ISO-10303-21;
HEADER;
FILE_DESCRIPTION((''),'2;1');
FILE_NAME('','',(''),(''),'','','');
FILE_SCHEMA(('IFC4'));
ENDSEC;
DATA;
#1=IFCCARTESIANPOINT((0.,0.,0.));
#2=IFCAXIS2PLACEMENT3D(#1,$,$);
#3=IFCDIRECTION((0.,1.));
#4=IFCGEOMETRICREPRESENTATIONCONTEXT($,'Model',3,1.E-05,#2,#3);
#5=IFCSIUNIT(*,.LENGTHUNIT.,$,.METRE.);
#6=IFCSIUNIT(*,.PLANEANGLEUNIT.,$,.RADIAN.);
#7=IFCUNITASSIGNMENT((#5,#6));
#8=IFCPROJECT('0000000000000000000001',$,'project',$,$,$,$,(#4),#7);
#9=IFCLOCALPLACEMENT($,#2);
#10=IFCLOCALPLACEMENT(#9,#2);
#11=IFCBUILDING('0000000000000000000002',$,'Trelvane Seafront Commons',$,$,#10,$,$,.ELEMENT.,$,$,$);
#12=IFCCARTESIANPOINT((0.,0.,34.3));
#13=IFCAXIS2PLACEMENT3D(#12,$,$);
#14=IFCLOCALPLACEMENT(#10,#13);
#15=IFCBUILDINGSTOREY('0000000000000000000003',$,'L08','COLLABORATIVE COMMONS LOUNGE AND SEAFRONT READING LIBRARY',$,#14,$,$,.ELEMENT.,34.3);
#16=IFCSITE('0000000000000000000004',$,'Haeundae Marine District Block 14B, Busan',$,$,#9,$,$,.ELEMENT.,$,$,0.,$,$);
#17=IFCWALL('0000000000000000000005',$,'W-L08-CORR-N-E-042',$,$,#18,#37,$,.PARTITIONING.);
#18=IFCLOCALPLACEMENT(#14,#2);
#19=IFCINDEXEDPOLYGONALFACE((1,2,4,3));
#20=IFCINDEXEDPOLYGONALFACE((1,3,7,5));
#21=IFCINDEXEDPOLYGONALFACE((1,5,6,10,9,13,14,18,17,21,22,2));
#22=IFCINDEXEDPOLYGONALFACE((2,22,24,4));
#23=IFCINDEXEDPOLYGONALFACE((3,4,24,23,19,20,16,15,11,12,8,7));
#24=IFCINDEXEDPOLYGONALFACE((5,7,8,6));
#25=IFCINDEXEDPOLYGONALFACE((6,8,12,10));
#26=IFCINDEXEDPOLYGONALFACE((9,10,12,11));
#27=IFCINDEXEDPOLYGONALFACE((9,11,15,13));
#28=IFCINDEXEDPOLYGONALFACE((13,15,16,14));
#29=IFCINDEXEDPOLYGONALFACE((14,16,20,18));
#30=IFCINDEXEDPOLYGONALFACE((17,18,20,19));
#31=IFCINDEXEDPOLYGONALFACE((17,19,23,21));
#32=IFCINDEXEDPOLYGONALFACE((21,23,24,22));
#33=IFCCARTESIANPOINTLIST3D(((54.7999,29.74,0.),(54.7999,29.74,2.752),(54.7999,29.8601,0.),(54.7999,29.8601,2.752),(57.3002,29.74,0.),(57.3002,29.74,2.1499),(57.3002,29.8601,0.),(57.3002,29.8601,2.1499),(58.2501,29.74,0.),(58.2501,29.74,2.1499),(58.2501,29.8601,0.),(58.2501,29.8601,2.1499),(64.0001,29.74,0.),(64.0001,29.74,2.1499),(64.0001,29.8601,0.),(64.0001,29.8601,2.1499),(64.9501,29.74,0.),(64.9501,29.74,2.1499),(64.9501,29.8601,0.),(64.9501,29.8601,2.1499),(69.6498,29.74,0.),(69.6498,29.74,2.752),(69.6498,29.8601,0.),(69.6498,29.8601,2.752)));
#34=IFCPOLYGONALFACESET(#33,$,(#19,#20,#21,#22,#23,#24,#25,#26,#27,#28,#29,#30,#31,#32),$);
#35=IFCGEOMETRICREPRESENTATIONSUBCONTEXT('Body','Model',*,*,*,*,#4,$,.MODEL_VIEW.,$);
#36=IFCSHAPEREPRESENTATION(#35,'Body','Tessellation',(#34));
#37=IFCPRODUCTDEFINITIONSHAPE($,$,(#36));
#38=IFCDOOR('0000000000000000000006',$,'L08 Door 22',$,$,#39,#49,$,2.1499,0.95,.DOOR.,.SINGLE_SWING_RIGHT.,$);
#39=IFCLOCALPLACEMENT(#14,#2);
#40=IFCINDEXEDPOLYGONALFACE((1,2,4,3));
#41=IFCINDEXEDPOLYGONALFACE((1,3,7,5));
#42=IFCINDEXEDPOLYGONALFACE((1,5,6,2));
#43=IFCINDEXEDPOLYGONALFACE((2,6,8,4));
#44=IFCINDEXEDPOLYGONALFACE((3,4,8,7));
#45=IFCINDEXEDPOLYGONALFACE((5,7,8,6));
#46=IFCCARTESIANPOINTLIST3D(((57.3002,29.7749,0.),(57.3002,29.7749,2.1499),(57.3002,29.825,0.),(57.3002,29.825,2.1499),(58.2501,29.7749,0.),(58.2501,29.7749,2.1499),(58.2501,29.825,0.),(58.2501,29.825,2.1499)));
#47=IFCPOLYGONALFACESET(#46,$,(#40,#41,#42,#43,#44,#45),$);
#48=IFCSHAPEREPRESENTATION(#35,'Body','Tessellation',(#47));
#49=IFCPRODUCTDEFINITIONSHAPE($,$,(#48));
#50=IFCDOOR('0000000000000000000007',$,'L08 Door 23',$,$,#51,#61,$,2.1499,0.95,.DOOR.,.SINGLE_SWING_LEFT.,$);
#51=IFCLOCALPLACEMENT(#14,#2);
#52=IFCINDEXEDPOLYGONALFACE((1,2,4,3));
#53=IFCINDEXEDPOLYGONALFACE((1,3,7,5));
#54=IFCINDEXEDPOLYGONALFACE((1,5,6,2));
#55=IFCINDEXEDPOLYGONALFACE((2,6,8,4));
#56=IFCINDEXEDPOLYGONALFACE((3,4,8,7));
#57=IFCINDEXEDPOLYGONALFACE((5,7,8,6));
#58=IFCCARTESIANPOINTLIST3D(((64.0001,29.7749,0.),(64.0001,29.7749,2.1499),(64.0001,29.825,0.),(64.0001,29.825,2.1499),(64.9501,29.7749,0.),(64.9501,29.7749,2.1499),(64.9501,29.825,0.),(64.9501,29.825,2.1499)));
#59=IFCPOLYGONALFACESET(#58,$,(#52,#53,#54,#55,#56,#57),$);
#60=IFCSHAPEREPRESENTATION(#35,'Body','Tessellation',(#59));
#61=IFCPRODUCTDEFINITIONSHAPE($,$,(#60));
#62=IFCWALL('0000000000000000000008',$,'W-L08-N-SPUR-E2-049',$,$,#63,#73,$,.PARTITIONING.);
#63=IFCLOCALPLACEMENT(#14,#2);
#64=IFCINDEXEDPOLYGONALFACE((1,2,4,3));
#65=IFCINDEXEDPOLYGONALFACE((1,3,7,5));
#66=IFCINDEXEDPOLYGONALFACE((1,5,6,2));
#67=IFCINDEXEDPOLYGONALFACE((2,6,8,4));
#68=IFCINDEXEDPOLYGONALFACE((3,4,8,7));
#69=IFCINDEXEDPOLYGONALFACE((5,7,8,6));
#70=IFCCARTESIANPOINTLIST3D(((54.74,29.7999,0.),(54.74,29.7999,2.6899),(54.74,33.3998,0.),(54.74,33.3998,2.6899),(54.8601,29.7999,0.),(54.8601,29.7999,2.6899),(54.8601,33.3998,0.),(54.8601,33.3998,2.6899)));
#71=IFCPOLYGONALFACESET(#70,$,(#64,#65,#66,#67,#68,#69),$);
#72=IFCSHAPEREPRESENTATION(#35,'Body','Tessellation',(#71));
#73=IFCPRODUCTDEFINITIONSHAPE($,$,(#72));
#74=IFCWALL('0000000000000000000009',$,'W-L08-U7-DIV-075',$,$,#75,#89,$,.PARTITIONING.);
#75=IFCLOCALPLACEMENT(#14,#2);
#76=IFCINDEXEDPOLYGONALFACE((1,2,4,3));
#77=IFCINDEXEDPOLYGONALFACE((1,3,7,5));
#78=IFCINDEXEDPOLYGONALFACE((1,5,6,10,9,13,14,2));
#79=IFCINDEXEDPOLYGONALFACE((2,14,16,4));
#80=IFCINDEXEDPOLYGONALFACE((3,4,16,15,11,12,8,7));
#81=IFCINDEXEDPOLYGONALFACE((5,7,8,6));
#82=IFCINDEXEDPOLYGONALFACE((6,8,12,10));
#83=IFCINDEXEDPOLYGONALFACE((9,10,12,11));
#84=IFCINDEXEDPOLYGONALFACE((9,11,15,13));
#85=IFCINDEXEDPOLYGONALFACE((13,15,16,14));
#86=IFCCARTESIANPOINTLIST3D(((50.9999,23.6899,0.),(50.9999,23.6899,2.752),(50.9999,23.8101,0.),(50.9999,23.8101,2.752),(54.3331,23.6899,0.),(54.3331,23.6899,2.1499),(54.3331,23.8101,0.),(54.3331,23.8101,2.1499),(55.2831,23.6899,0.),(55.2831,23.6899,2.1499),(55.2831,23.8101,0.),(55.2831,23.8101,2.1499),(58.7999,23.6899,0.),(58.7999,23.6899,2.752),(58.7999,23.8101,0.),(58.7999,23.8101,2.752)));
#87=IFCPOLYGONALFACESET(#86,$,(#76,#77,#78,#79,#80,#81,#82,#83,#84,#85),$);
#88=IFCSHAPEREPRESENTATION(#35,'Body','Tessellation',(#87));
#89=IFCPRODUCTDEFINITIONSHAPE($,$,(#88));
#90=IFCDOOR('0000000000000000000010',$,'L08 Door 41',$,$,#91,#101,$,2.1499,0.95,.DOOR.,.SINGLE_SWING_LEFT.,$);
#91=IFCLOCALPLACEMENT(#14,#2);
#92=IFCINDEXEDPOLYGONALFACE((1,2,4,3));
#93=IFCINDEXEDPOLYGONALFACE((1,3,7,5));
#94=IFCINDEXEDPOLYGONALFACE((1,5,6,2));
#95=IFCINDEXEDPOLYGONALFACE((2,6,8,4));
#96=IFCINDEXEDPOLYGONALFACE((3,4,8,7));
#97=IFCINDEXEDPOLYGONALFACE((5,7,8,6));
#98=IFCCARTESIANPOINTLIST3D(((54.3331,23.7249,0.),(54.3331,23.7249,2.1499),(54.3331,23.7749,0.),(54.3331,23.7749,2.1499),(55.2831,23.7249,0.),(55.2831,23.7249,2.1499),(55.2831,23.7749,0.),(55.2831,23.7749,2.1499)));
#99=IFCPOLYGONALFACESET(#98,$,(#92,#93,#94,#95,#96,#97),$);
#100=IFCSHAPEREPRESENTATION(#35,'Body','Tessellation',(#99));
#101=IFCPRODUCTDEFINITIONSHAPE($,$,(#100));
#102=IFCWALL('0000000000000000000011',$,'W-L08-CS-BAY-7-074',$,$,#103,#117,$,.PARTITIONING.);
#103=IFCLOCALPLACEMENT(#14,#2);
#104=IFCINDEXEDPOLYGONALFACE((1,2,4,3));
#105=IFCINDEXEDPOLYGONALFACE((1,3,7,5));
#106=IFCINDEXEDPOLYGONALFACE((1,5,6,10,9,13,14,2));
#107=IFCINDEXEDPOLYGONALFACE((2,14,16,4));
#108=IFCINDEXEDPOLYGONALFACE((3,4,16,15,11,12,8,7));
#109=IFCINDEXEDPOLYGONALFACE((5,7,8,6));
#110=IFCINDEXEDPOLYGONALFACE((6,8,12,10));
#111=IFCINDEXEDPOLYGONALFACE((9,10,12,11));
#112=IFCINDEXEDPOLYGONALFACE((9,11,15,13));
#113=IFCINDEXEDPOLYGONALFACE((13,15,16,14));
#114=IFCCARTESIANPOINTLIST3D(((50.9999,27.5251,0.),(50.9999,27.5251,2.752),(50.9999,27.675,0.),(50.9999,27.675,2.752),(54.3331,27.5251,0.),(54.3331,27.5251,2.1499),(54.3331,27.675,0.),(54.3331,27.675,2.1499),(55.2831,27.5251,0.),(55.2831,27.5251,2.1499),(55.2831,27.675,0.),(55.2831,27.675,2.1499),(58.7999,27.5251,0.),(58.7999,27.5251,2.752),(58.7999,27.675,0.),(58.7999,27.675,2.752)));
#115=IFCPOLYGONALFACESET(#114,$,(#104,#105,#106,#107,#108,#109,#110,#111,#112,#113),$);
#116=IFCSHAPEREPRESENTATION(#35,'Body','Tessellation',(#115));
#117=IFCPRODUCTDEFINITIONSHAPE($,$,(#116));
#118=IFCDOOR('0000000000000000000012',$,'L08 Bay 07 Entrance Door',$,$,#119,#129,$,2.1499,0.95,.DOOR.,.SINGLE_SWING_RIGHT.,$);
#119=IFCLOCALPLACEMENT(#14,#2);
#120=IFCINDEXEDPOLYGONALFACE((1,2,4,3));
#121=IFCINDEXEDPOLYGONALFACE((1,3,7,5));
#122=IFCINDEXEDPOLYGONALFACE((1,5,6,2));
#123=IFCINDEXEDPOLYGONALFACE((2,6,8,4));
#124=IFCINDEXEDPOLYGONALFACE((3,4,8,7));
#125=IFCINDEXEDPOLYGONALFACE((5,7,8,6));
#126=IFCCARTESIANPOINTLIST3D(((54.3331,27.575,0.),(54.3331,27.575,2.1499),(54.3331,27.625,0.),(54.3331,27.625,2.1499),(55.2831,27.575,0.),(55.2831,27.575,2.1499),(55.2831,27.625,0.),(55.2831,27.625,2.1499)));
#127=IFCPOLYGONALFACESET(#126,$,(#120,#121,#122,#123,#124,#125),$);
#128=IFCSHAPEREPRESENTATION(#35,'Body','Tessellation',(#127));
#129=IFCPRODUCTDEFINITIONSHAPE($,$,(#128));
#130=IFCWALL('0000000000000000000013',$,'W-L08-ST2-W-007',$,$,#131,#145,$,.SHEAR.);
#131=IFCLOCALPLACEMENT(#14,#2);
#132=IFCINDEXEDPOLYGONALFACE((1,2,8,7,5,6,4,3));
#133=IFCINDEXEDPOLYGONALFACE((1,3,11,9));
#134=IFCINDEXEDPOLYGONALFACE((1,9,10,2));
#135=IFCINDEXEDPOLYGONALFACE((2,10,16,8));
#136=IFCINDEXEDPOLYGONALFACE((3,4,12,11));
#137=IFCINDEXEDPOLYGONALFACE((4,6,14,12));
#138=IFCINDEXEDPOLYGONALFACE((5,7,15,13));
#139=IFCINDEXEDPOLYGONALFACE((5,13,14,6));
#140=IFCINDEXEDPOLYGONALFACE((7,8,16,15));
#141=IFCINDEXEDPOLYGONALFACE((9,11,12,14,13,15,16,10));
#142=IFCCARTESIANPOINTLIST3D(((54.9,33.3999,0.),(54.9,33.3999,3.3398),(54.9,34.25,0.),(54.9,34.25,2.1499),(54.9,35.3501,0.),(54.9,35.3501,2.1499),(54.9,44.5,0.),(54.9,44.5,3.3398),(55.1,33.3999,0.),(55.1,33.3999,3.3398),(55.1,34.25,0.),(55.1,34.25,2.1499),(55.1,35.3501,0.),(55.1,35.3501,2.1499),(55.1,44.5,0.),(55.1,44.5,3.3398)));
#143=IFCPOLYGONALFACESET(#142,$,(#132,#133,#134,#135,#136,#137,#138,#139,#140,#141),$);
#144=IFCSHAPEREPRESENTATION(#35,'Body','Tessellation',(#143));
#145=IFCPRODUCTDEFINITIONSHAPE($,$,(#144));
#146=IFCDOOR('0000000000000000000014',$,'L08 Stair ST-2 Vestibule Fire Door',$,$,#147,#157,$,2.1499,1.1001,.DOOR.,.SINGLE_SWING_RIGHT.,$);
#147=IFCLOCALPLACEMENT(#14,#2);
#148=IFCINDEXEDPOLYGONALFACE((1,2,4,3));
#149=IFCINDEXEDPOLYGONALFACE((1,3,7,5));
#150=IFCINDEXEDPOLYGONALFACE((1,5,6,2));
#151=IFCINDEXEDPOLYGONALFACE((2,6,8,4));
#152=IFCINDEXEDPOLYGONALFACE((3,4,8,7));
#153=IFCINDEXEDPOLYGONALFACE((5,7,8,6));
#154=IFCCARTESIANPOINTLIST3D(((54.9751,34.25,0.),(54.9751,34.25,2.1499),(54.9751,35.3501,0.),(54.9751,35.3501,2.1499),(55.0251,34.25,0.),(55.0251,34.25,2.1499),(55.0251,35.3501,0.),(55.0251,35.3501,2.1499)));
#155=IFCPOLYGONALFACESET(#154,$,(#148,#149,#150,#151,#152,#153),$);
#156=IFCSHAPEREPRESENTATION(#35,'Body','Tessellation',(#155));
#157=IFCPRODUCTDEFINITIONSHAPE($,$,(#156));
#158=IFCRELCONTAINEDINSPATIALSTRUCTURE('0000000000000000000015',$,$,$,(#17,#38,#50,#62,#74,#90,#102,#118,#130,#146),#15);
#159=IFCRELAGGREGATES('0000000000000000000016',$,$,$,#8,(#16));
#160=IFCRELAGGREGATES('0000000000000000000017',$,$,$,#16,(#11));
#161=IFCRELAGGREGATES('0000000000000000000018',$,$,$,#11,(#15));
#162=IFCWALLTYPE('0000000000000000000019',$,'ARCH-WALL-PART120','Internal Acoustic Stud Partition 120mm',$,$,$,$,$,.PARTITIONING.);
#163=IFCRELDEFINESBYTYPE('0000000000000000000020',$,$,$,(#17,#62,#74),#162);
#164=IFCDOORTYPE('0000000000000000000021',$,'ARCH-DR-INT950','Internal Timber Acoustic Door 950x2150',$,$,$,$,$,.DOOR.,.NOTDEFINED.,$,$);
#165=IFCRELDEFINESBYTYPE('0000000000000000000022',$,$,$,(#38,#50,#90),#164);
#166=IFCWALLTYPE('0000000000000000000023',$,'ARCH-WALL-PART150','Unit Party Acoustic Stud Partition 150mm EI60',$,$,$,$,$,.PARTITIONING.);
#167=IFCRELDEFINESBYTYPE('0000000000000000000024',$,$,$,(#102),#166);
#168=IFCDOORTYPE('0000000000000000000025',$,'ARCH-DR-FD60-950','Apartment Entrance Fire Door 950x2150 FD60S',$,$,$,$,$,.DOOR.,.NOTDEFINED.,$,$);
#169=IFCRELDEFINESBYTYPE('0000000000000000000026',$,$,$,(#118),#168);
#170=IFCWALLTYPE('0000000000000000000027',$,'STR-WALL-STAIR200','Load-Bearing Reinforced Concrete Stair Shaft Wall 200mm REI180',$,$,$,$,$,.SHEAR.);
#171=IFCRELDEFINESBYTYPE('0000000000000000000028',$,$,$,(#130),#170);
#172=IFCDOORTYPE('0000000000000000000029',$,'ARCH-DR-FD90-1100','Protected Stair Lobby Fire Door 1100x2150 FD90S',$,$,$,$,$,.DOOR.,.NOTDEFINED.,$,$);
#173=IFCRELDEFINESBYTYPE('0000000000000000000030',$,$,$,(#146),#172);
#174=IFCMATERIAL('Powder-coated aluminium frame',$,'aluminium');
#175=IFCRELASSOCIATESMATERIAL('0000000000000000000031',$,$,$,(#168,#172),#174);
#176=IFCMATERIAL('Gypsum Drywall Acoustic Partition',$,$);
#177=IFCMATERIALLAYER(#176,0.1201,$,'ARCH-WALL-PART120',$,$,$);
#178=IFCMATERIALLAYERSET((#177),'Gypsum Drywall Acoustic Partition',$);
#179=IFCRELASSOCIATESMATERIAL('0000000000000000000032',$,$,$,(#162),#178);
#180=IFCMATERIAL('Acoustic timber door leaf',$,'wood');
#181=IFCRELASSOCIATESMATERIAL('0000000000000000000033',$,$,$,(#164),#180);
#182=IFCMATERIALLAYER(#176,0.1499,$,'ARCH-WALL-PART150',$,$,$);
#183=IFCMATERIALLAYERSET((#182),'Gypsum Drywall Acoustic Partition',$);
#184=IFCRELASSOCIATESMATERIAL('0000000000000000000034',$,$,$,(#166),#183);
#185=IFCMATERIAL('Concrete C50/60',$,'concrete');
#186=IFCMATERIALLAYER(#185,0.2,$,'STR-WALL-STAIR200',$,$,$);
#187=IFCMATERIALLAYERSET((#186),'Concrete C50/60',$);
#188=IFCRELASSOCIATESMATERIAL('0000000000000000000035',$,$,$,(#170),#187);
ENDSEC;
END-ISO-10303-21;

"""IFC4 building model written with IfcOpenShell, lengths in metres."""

from ifc_helpers import new_model, si_unit, direction, frame, frame_2d, origin, place, context, subcontext, project, spatial, rectangle, extrude, source, transform, mapped, material, layer, layer_set, type_object, element, fill, save


model = new_model("IFC4")

# Units and contexts
model_context = context("Model", 3, precision=1e-05, world=origin(), true_north=direction((0.0, 1.0)))
body_context = subcontext(model_context, "Body", "Model", "MODEL_VIEW")
ifc_project = project(units=[si_unit("LENGTHUNIT", "METRE"), si_unit("PLANEANGLEUNIT", "RADIAN")], contexts=[model_context])

# Site, building, storey
site_placement = place(None, origin())
site = spatial("IfcSite", under=ifc_project, at=site_placement, Name="Haeundae Marine District Block 14B, Busan", CompositionType="ELEMENT", RefElevation=0.0)
building_placement = place(site_placement, origin())
building = spatial("IfcBuilding", under=site, at=building_placement, Name="Trelvane Seafront Commons", CompositionType="ELEMENT")
storey_placement = place(building_placement, frame((0.0, 0.0, 34.3)))
storey = spatial("IfcBuildingStorey", under=building, at=storey_placement, Name="L08", Description="COLLABORATIVE COMMONS LOUNGE AND SEAFRONT READING LIBRARY", CompositionType="ELEMENT", Elevation=34.3)

# Shared definitions
ifc_material_1 = material(Name="Powder-coated aluminium frame", Category="aluminium")
door_type_1 = type_object("IfcDoorType", Name="ARCH-DR-FD60-950", Description="Apartment Entrance Fire Door 950x2150 FD60S", OperationType="NOTDEFINED", PredefinedType="DOOR", material=ifc_material_1)
shared_shape_1 = source(origin(), body_context, "Body", "SweptSolid", [
    extrude(rectangle(XDim=0.95, YDim=2.1499, at=frame_2d((0.4751, 1.075))), frame((0.0, 0.0249, 0.0), z_axis=(0.0, -1.0, 0.0), x_axis=(1.0, 0.0, 0.0)), (0.0, 0.0, 1.0), 0.05),
])

# Wall, openings, doors
ifc_material_2 = material(Name="Gypsum Drywall Acoustic Partition")
ifc_layer_1 = layer(ifc_material_2, 0.1201, Name="ARCH-WALL-PART120")
ifc_layer_set_1 = layer_set([ifc_layer_1], Name="Gypsum Drywall Acoustic Partition")
wall_type_1 = type_object("IfcWallType", Name="ARCH-WALL-PART120", Description="Internal Acoustic Stud Partition 120mm", PredefinedType="PARTITIONING", material=ifc_layer_set_1)
ifc_material_3 = material(Name="Acoustic timber door leaf", Category="wood")
door_type_2 = type_object("IfcDoorType", Name="ARCH-DR-INT950", Description="Internal Timber Acoustic Door 950x2150", OperationType="NOTDEFINED", PredefinedType="DOOR", material=ifc_material_3)
wall_1_placement = place(storey_placement, frame((54.8, 29.8, 0.0), z_axis=(0.0, 0.0, 1.0), x_axis=(1.0, 0.0, 0.0)))
wall_1 = element("IfcWall", 1, at=wall_1_placement, inside=storey, type_object=wall_type_1, Name="W-L08-CORR-N-E-042", PredefinedType="PARTITIONING", context=body_context, shape_type="SweptSolid", body=[
    extrude(rectangle(XDim=14.8499, YDim=0.1201, at=frame_2d((7.4248, 0.0))), origin(), (0.0, 0.0, 1.0), 2.752),
])
opening_1_placement = place(wall_1_placement, frame((2.5, 0.0, 0.0)))
opening_1 = element("IfcOpeningElement", 2, at=opening_1_placement, cuts=wall_1, PredefinedType="OPENING", context=body_context, shape_type="SweptSolid", body=[
    extrude(rectangle(XDim=0.95, YDim=2.1499, at=frame_2d((0.4751, 1.075))), frame((0.0, 0.0701, 0.0), z_axis=(0.0, -1.0, 0.0), x_axis=(1.0, 0.0, 0.0)), (0.0, 0.0, 1.0), 0.1401),
])
opening_2_placement = place(wall_1_placement, frame((9.2, 0.0, 0.0)))
opening_2 = element("IfcOpeningElement", 3, at=opening_2_placement, cuts=wall_1, PredefinedType="OPENING", context=body_context, shape_type="SweptSolid", body=[
    extrude(rectangle(XDim=0.95, YDim=2.1499, at=frame_2d((0.4751, 1.075))), frame((0.0, 0.0701, 0.0), z_axis=(0.0, -1.0, 0.0), x_axis=(1.0, 0.0, 0.0)), (0.0, 0.0, 1.0), 0.1401),
])
door_1_placement = place(opening_1_placement, origin())
door_1 = element("IfcDoor", 4, at=door_1_placement, inside=storey, type_object=door_type_2, Name="L08 Door 22", OperationType="SINGLE_SWING_RIGHT", OverallHeight=2.1499, OverallWidth=0.95, PredefinedType="DOOR", context=body_context, shape_type="MappedRepresentation", body=[
    mapped(shared_shape_1, transform((0.0, 0.0, 0.0), x_axis=(1.0, 0.0, 0.0), y_axis=(0.0, 1.0, 0.0), z_axis=(0.0, 0.0, 1.0), scale=1.0)),
])
fill(opening_1, door_1)
door_2_placement = place(opening_2_placement, origin())
door_2 = element("IfcDoor", 5, at=door_2_placement, inside=storey, type_object=door_type_2, Name="L08 Door 23", OperationType="SINGLE_SWING_LEFT", OverallHeight=2.1499, OverallWidth=0.95, PredefinedType="DOOR", context=body_context, shape_type="MappedRepresentation", body=[
    mapped(shared_shape_1, transform((0.0, 0.0, 0.0), x_axis=(1.0, 0.0, 0.0), y_axis=(0.0, 1.0, 0.0), z_axis=(0.0, 0.0, 1.0), scale=1.0)),
])
fill(opening_2, door_2)

# Wall
wall_2_placement = place(storey_placement, frame((54.8, 29.8, 0.0), z_axis=(0.0, 0.0, 1.0), x_axis=(0.0, 1.0, 0.0)))
element("IfcWall", 6, at=wall_2_placement, inside=storey, type_object=wall_type_1, Name="W-L08-N-SPUR-E2-049", PredefinedType="PARTITIONING", context=body_context, shape_type="SweptSolid", body=[
    extrude(rectangle(XDim=3.5999, YDim=0.1201, at=frame_2d((1.7998, 0.0))), origin(), (0.0, 0.0, 1.0), 2.6899),
])

# Walls, openings, doors
wall_3_placement = place(storey_placement, frame((51.0, 23.75, 0.0), z_axis=(0.0, 0.0, 1.0), x_axis=(1.0, 0.0, 0.0)))
wall_3 = element("IfcWall", 7, at=wall_3_placement, inside=storey, type_object=wall_type_1, Name="W-L08-U7-DIV-075", PredefinedType="PARTITIONING", context=body_context, shape_type="SweptSolid", body=[
    extrude(rectangle(XDim=7.8, YDim=0.1201, at=frame_2d((3.8999, 0.0))), origin(), (0.0, 0.0, 1.0), 2.752),
])
opening_3_placement = place(wall_3_placement, frame((3.333, 0.0, 0.0)))
opening_3 = element("IfcOpeningElement", 8, at=opening_3_placement, cuts=wall_3, PredefinedType="OPENING", context=body_context, shape_type="SweptSolid", body=[
    extrude(rectangle(XDim=0.95, YDim=2.1499, at=frame_2d((0.4751, 1.075))), frame((0.0, 0.0701, 0.0), z_axis=(0.0, -1.0, 0.0), x_axis=(1.0, 0.0, 0.0)), (0.0, 0.0, 1.0), 0.1401),
])
door_3_placement = place(opening_3_placement, origin())
door_3 = element("IfcDoor", 9, at=door_3_placement, inside=storey, type_object=door_type_2, Name="L08 Door 41", OperationType="SINGLE_SWING_LEFT", OverallHeight=2.1499, OverallWidth=0.95, PredefinedType="DOOR", context=body_context, shape_type="MappedRepresentation", body=[
    mapped(shared_shape_1, transform((0.0, 0.0, 0.0), x_axis=(1.0, 0.0, 0.0), y_axis=(0.0, 1.0, 0.0), z_axis=(0.0, 0.0, 1.0), scale=1.0)),
])
fill(opening_3, door_3)
ifc_layer_2 = layer(ifc_material_2, 0.1499, Name="ARCH-WALL-PART150")
ifc_layer_set_2 = layer_set([ifc_layer_2], Name="Gypsum Drywall Acoustic Partition")
wall_type_2 = type_object("IfcWallType", Name="ARCH-WALL-PART150", Description="Unit Party Acoustic Stud Partition 150mm EI60", PredefinedType="PARTITIONING", material=ifc_layer_set_2)
wall_4_placement = place(storey_placement, frame((51.0, 27.6001, 0.0), z_axis=(0.0, 0.0, 1.0), x_axis=(1.0, 0.0, 0.0)))
wall_4 = element("IfcWall", 10, at=wall_4_placement, inside=storey, type_object=wall_type_2, Name="W-L08-CS-BAY-7-074", PredefinedType="PARTITIONING", context=body_context, shape_type="SweptSolid", body=[
    extrude(rectangle(XDim=7.8, YDim=0.1499, at=frame_2d((3.8999, 0.0))), origin(), (0.0, 0.0, 1.0), 2.752),
])
opening_4_placement = place(wall_4_placement, frame((3.333, 0.0, 0.0)))
opening_4 = element("IfcOpeningElement", 11, at=opening_4_placement, cuts=wall_4, PredefinedType="OPENING", context=body_context, shape_type="SweptSolid", body=[
    extrude(rectangle(XDim=0.95, YDim=2.1499, at=frame_2d((0.4751, 1.075))), frame((0.0, 0.085, 0.0), z_axis=(0.0, -1.0, 0.0), x_axis=(1.0, 0.0, 0.0)), (0.0, 0.0, 1.0), 0.1699),
])
door_4_placement = place(opening_4_placement, origin())
door_4 = element("IfcDoor", 12, at=door_4_placement, inside=storey, type_object=door_type_1, Name="L08 Bay 07 Entrance Door", OperationType="SINGLE_SWING_RIGHT", OverallHeight=2.1499, OverallWidth=0.95, PredefinedType="DOOR", context=body_context, shape_type="MappedRepresentation", body=[
    mapped(shared_shape_1, transform((0.0, 0.0, 0.0), x_axis=(1.0, 0.0, 0.0), y_axis=(0.0, 1.0, 0.0), z_axis=(0.0, 0.0, 1.0), scale=1.0)),
])
fill(opening_4, door_4)
ifc_material_4 = material(Name="Concrete C50/60", Category="concrete")
ifc_layer_3 = layer(ifc_material_4, 0.2, Name="STR-WALL-STAIR200")
ifc_layer_set_3 = layer_set([ifc_layer_3], Name="Concrete C50/60")
wall_type_3 = type_object("IfcWallType", Name="STR-WALL-STAIR200", Description="Load-Bearing Reinforced Concrete Stair Shaft Wall 200mm REI180", PredefinedType="SHEAR", material=ifc_layer_set_3)
wall_5_placement = place(storey_placement, frame((55.0, 33.3999, 0.0), z_axis=(0.0, 0.0, 1.0), x_axis=(0.0, 1.0, 0.0)))
wall_5 = element("IfcWall", 13, at=wall_5_placement, inside=storey, type_object=wall_type_3, Name="W-L08-ST2-W-007", PredefinedType="SHEAR", context=body_context, shape_type="SweptSolid", body=[
    extrude(rectangle(XDim=11.1001, YDim=0.2, at=frame_2d((5.55, 0.0))), origin(), (0.0, 0.0, 1.0), 3.3398),
])
opening_5_placement = place(wall_5_placement, frame((0.8501, 0.0, 0.0)))
opening_5 = element("IfcOpeningElement", 14, at=opening_5_placement, cuts=wall_5, PredefinedType="OPENING", context=body_context, shape_type="SweptSolid", body=[
    extrude(rectangle(XDim=1.1001, YDim=2.1499, at=frame_2d((0.55, 1.075))), frame((0.0, 0.1099, 0.0), z_axis=(0.0, -1.0, 0.0), x_axis=(1.0, 0.0, 0.0)), (0.0, 0.0, 1.0), 0.22),
])
door_type_3 = type_object("IfcDoorType", Name="ARCH-DR-FD90-1100", Description="Protected Stair Lobby Fire Door 1100x2150 FD90S", OperationType="NOTDEFINED", PredefinedType="DOOR", material=ifc_material_1)
shared_shape_2 = source(origin(), body_context, "Body", "SweptSolid", [
    extrude(rectangle(XDim=1.1001, YDim=2.1499, at=frame_2d((0.55, 1.075))), frame((0.0, 0.0249, 0.0), z_axis=(0.0, -1.0, 0.0), x_axis=(1.0, 0.0, 0.0)), (0.0, 0.0, 1.0), 0.05),
])
door_5_placement = place(opening_5_placement, origin())
door_5 = element("IfcDoor", 15, at=door_5_placement, inside=storey, type_object=door_type_3, Name="L08 Stair ST-2 Vestibule Fire Door", OperationType="SINGLE_SWING_RIGHT", OverallHeight=2.1499, OverallWidth=1.1001, PredefinedType="DOOR", context=body_context, shape_type="MappedRepresentation", body=[
    mapped(shared_shape_2, transform((0.0, 0.0, 0.0), x_axis=(1.0, 0.0, 0.0), y_axis=(0.0, 1.0, 0.0), z_axis=(0.0, 0.0, 1.0), scale=1.0)),
])
fill(opening_5, door_5)

save(model, "model.ifc")
